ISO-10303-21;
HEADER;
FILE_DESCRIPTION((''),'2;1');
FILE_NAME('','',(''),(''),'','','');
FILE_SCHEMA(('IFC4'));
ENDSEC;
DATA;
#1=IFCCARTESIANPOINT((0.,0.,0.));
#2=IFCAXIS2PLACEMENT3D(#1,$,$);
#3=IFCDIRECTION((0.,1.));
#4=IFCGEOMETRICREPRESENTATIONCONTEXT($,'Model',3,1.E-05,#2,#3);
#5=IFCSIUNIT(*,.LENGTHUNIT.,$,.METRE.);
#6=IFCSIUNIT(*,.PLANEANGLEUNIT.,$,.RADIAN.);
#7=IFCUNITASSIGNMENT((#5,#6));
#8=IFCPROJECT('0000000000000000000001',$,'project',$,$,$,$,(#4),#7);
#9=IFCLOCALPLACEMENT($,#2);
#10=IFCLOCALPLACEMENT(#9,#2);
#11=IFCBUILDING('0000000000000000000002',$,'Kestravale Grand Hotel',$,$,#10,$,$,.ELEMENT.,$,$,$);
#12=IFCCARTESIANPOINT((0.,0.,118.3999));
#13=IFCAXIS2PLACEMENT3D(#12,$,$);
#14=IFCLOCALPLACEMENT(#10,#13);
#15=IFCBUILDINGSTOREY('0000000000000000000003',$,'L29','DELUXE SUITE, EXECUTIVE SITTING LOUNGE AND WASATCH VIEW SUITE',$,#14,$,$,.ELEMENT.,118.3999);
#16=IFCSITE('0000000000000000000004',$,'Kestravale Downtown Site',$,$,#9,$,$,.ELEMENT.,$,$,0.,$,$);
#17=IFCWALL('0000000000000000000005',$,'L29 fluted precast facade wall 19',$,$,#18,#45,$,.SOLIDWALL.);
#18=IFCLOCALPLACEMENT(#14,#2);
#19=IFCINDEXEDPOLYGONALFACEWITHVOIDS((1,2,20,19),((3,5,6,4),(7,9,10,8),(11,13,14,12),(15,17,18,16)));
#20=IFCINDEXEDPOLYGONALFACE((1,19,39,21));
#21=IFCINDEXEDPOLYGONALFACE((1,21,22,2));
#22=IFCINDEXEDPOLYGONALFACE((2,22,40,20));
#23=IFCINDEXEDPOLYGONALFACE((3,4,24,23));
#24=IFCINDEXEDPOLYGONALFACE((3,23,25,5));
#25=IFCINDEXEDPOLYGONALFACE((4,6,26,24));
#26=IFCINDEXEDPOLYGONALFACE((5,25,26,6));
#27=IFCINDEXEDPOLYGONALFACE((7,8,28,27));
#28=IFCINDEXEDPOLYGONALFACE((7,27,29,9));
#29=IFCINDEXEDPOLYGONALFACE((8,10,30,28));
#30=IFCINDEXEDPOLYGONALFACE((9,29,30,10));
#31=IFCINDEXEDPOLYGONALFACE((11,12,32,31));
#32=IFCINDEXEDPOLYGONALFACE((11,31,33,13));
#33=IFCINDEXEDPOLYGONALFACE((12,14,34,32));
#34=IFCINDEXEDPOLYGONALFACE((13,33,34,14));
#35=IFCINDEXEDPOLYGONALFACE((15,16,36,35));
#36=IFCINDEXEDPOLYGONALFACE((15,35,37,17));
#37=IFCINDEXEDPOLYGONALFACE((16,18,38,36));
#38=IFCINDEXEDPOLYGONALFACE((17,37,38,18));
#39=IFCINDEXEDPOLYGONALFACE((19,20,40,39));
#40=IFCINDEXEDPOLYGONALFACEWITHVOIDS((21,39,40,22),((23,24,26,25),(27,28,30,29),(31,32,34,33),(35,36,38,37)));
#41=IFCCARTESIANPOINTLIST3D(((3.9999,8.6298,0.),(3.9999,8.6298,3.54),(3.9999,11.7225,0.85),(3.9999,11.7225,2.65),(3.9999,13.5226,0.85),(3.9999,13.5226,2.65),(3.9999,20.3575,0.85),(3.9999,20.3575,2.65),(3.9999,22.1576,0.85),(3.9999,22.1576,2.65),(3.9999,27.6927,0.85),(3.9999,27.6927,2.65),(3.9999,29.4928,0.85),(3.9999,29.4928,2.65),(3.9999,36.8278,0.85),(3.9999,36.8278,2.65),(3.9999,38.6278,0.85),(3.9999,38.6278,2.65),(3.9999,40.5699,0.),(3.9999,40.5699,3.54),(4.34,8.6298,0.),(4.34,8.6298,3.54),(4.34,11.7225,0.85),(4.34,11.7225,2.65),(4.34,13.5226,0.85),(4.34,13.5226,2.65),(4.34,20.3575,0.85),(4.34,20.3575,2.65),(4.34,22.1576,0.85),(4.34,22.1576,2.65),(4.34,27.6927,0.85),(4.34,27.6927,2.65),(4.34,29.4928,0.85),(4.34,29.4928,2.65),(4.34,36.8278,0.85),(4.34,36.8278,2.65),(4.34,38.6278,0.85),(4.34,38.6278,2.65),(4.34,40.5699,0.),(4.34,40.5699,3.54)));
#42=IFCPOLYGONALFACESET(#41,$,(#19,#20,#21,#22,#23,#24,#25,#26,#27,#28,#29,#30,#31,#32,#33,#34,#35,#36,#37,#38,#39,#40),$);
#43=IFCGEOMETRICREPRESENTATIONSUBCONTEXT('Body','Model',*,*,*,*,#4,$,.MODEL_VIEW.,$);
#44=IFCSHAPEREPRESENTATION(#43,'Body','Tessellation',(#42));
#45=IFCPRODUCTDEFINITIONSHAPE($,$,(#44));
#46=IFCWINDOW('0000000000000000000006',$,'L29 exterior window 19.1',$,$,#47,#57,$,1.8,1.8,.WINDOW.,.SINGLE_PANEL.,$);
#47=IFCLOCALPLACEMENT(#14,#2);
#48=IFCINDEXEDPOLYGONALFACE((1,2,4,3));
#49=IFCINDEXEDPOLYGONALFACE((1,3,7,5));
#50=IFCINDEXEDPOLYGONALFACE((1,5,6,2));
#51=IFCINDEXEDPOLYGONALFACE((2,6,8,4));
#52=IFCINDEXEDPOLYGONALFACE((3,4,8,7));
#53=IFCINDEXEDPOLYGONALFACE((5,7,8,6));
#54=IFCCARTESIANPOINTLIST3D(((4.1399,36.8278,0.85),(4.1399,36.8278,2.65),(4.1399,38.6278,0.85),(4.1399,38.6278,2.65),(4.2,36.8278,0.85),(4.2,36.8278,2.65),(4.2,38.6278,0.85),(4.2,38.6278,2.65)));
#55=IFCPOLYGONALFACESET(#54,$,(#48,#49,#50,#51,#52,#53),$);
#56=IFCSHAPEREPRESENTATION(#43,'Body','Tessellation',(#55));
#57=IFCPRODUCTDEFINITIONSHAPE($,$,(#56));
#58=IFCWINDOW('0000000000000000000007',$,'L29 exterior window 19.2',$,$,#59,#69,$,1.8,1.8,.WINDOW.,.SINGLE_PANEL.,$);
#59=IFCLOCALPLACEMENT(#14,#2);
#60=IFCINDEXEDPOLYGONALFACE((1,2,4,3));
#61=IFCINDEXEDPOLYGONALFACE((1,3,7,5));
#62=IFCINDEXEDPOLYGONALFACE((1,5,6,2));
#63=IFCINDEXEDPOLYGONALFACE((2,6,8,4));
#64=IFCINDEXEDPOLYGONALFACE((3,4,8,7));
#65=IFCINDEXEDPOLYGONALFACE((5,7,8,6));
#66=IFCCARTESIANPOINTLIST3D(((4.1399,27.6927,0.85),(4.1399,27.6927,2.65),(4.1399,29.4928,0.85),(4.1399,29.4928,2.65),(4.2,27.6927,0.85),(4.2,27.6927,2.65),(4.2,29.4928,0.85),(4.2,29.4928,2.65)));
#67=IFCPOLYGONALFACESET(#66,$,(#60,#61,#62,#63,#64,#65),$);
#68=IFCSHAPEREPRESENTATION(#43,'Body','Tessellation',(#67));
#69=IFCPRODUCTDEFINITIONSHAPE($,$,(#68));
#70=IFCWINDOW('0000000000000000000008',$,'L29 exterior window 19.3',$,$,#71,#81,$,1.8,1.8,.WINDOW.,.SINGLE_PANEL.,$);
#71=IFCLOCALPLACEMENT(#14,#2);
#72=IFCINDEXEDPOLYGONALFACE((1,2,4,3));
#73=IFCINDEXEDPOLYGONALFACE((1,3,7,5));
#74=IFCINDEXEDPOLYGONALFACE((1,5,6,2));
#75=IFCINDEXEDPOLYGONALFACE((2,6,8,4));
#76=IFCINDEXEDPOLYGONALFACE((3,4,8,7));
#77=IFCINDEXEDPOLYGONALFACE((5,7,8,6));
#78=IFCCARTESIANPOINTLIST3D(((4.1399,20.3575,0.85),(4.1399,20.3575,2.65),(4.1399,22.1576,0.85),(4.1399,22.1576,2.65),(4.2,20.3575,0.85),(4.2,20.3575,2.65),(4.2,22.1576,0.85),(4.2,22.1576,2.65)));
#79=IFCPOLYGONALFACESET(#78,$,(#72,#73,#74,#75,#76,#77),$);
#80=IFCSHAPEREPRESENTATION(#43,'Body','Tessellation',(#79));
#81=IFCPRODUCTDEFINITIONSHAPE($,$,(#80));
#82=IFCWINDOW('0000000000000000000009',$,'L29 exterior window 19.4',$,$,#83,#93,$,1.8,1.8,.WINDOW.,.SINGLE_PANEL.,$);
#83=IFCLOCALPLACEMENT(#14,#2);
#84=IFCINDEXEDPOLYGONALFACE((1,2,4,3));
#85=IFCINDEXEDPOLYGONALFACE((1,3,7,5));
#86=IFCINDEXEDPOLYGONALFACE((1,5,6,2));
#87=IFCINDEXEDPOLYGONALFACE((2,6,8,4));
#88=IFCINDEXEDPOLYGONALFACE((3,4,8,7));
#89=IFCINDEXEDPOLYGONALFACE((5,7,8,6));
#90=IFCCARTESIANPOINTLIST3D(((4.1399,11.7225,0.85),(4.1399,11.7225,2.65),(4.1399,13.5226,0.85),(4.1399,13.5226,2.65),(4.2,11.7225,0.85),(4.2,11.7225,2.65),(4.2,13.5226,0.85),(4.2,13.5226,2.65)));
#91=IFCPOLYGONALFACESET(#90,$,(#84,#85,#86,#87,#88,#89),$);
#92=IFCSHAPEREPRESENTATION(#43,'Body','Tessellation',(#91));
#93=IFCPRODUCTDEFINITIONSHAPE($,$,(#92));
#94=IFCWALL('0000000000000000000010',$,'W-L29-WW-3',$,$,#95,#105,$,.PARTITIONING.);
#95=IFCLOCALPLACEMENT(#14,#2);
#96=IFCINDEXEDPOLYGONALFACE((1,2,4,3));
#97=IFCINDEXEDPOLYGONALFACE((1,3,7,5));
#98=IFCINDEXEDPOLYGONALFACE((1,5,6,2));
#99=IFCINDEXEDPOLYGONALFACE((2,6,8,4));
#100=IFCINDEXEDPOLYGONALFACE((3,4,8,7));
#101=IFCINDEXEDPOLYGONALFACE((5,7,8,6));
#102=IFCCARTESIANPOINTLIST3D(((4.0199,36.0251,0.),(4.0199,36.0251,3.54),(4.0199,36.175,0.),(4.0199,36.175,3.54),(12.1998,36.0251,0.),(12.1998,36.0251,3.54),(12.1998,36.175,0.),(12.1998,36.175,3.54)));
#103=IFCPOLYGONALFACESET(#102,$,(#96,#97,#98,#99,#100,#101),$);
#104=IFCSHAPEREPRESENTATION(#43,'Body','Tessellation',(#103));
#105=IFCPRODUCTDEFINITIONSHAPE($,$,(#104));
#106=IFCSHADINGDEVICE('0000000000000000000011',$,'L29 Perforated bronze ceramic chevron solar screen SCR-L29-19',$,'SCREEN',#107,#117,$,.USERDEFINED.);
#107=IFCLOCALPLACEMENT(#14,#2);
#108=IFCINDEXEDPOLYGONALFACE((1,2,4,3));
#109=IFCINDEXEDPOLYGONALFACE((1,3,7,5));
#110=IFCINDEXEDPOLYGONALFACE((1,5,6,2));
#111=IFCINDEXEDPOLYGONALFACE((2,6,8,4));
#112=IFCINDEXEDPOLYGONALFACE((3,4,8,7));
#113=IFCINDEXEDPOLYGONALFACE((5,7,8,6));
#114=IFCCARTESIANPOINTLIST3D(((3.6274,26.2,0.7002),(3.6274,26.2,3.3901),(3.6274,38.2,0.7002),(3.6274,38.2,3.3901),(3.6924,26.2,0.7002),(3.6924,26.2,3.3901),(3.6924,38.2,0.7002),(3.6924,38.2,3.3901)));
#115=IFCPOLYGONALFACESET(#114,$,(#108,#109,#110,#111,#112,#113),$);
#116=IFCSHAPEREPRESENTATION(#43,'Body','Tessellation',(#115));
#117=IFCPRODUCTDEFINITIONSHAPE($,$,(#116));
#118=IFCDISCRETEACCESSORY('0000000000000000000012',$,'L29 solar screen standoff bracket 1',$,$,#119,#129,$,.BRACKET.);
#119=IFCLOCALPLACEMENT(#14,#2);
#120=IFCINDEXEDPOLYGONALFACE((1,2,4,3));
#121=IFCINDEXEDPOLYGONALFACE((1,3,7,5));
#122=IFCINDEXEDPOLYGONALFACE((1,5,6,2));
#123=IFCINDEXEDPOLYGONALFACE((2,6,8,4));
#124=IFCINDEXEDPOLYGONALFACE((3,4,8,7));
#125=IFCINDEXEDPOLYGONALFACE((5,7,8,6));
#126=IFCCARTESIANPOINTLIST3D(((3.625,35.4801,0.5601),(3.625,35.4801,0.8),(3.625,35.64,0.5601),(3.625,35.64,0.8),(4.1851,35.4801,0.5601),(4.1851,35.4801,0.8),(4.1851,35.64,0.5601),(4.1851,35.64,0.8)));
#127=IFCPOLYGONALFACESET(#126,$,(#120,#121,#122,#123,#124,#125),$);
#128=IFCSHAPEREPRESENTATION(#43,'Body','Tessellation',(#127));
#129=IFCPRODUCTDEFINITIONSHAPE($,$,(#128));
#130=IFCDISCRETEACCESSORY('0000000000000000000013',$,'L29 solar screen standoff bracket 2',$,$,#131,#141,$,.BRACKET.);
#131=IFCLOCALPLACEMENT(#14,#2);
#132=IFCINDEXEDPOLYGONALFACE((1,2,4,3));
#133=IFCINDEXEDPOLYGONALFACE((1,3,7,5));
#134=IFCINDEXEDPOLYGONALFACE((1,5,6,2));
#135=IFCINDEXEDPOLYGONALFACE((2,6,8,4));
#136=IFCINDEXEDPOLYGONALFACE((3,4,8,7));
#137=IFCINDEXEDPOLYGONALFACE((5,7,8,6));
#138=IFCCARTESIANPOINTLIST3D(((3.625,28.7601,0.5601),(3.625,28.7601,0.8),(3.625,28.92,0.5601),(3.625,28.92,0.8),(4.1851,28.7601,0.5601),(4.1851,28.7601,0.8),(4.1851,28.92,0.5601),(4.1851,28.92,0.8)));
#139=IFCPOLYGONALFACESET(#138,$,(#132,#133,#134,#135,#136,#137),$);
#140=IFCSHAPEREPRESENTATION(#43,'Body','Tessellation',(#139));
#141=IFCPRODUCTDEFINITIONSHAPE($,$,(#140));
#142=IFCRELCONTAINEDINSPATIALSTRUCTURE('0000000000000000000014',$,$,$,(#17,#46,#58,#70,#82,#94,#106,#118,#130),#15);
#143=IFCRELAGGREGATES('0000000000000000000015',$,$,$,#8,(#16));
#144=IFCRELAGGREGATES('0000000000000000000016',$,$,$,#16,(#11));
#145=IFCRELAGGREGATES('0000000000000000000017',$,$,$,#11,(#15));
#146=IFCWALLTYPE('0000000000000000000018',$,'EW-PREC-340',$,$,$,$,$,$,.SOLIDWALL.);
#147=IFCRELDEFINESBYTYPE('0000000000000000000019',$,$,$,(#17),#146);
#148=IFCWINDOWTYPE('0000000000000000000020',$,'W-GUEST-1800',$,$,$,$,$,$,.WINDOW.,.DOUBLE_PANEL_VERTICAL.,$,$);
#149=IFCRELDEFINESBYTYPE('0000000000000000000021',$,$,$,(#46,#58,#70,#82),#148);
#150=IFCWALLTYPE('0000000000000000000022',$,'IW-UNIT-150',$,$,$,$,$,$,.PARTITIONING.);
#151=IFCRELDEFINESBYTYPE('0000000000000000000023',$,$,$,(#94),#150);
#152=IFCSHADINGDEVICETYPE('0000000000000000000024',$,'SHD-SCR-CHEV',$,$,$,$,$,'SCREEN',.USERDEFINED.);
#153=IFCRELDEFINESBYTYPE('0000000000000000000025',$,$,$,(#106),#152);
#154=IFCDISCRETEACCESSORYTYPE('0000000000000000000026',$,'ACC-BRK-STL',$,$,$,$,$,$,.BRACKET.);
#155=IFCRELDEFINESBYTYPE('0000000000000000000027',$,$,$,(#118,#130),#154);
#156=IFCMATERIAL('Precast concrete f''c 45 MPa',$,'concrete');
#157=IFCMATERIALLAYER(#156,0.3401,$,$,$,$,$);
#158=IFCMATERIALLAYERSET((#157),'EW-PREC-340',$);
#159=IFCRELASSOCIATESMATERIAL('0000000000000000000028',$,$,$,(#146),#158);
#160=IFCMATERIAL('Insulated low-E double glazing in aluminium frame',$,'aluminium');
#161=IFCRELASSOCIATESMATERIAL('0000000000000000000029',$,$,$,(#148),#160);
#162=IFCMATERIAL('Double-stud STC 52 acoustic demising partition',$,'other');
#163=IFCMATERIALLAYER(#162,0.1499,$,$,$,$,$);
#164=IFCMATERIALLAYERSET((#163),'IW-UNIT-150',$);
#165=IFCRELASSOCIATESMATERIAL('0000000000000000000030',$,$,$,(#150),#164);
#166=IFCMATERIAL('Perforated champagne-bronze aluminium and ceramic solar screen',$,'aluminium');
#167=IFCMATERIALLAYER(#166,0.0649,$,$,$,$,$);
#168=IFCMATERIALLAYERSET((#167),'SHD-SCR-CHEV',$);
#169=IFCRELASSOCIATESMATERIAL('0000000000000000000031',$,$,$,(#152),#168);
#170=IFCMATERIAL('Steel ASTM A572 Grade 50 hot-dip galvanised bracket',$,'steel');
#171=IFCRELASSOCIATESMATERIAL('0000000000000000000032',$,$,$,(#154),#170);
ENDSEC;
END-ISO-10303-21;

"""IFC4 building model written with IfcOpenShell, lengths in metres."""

from ifc_helpers import new_model, si_unit, direction, frame, frame_2d, origin, origin_2d, place, context, subcontext, project, spatial, rectangle, extrude, material, layer, layer_set, type_object, element, fill, save


model = new_model("IFC4")

# Units and contexts
model_context = context("Model", 3, precision=1e-05, world=origin(), true_north=direction((0.0, 1.0)))
body_context = subcontext(model_context, "Body", "Model", "MODEL_VIEW")
ifc_project = project(units=[si_unit("LENGTHUNIT", "METRE"), si_unit("PLANEANGLEUNIT", "RADIAN")], contexts=[model_context])

# Site, building, storey
site_placement = place(None, origin())
site = spatial("IfcSite", under=ifc_project, at=site_placement, Name="Kestravale Downtown Site", CompositionType="ELEMENT", RefElevation=0.0)
building_placement = place(site_placement, origin())
building = spatial("IfcBuilding", under=site, at=building_placement, Name="Kestravale Grand Hotel", CompositionType="ELEMENT")
storey_placement = place(building_placement, frame((0.0, 0.0, 118.3999)))
storey = spatial("IfcBuildingStorey", under=building, at=storey_placement, Name="L29", Description="DELUXE SUITE, EXECUTIVE SITTING LOUNGE AND WASATCH VIEW SUITE", CompositionType="ELEMENT", Elevation=118.3999)

# Wall, openings, windows
ifc_material_1 = material(Name="Precast concrete f'c 45 MPa", Category="concrete")
ifc_layer_1 = layer(ifc_material_1, 0.3401)
ifc_layer_set_1 = layer_set([ifc_layer_1], Name="EW-PREC-340")
wall_type_1 = type_object("IfcWallType", Name="EW-PREC-340", PredefinedType="SOLIDWALL", material=ifc_layer_set_1)
wall_1_placement = place(storey_placement, frame((4.1699, 40.5701, 0.0), z_axis=(0.0, 0.0, 1.0), x_axis=(0.0, -1.0, 0.0)))
wall_1 = element("IfcWall", 1, at=wall_1_placement, inside=storey, type_object=wall_type_1, Name="L29 fluted precast facade wall 19", PredefinedType="SOLIDWALL", context=body_context, shape_type="SweptSolid", body=[
    extrude(rectangle(XDim=31.9402, YDim=0.3401, at=frame_2d((15.9702, 0.0))), origin(), (0.0, 0.0, 1.0), 3.54),
])
opening_1_placement = place(wall_1_placement, frame((1.9424, 0.0, 0.8501)))
opening_1 = element("IfcOpeningElement", 2, at=opening_1_placement, cuts=wall_1, PredefinedType="OPENING", context=body_context, shape_type="SweptSolid", body=[
    extrude(rectangle(XDim=1.8, YDim=1.8, at=frame_2d((0.8999, 0.8999))), frame((0.0, 0.1799, 0.0), z_axis=(0.0, -1.0, 0.0), x_axis=(1.0, 0.0, 0.0)), (0.0, 0.0, 1.0), 0.3601),
])
opening_2_placement = place(wall_1_placement, frame((11.0774, 0.0, 0.8501)))
opening_2 = element("IfcOpeningElement", 3, at=opening_2_placement, cuts=wall_1, PredefinedType="OPENING", context=body_context, shape_type="SweptSolid", body=[
    extrude(rectangle(XDim=1.8, YDim=1.8, at=frame_2d((0.8999, 0.8999))), frame((0.0, 0.1799, 0.0), z_axis=(0.0, -1.0, 0.0), x_axis=(1.0, 0.0, 0.0)), (0.0, 0.0, 1.0), 0.3601),
])
opening_3_placement = place(wall_1_placement, frame((18.4126, 0.0, 0.8501)))
opening_3 = element("IfcOpeningElement", 4, at=opening_3_placement, cuts=wall_1, PredefinedType="OPENING", context=body_context, shape_type="SweptSolid", body=[
    extrude(rectangle(XDim=1.8, YDim=1.8, at=frame_2d((0.8999, 0.8999))), frame((0.0, 0.1799, 0.0), z_axis=(0.0, -1.0, 0.0), x_axis=(1.0, 0.0, 0.0)), (0.0, 0.0, 1.0), 0.3601),
])
opening_4_placement = place(wall_1_placement, frame((27.0476, 0.0, 0.8501)))
opening_4 = element("IfcOpeningElement", 5, at=opening_4_placement, cuts=wall_1, PredefinedType="OPENING", context=body_context, shape_type="SweptSolid", body=[
    extrude(rectangle(XDim=1.8, YDim=1.8, at=frame_2d((0.8999, 0.8999))), frame((0.0, 0.1799, 0.0), z_axis=(0.0, -1.0, 0.0), x_axis=(1.0, 0.0, 0.0)), (0.0, 0.0, 1.0), 0.3601),
])
ifc_material_2 = material(Name="Insulated low-E double glazing in aluminium frame", Category="aluminium")
window_type = type_object("IfcWindowType", Name="W-GUEST-1800", PartitioningType="DOUBLE_PANEL_VERTICAL", PredefinedType="WINDOW", material=ifc_material_2)
window_1_placement = place(opening_1_placement, origin())
window_1 = element("IfcWindow", 6, at=window_1_placement, inside=storey, type_object=window_type, Name="L29 exterior window 19.1", OverallHeight=1.8, OverallWidth=1.8, PartitioningType="SINGLE_PANEL", PredefinedType="WINDOW", context=body_context, shape_type="SweptSolid", body=[
    extrude(rectangle(XDim=1.8, YDim=1.8, at=frame_2d((0.8999, 0.8999))), frame((0.0, 0.03, 0.0), z_axis=(0.0, -1.0, 0.0), x_axis=(1.0, 0.0, 0.0)), (0.0, 0.0, 1.0), 0.0601),
])
fill(opening_1, window_1)
window_2_placement = place(opening_2_placement, origin())
window_2 = element("IfcWindow", 7, at=window_2_placement, inside=storey, type_object=window_type, Name="L29 exterior window 19.2", OverallHeight=1.8, OverallWidth=1.8, PartitioningType="SINGLE_PANEL", PredefinedType="WINDOW", context=body_context, shape_type="SweptSolid", body=[
    extrude(rectangle(XDim=1.8, YDim=1.8, at=frame_2d((0.8999, 0.8999))), frame((0.0, 0.03, 0.0), z_axis=(0.0, -1.0, 0.0), x_axis=(1.0, 0.0, 0.0)), (0.0, 0.0, 1.0), 0.0601),
])
fill(opening_2, window_2)
window_3_placement = place(opening_3_placement, origin())
window_3 = element("IfcWindow", 8, at=window_3_placement, inside=storey, type_object=window_type, Name="L29 exterior window 19.3", OverallHeight=1.8, OverallWidth=1.8, PartitioningType="SINGLE_PANEL", PredefinedType="WINDOW", context=body_context, shape_type="SweptSolid", body=[
    extrude(rectangle(XDim=1.8, YDim=1.8, at=frame_2d((0.8999, 0.8999))), frame((0.0, 0.03, 0.0), z_axis=(0.0, -1.0, 0.0), x_axis=(1.0, 0.0, 0.0)), (0.0, 0.0, 1.0), 0.0601),
])
fill(opening_3, window_3)
window_4_placement = place(opening_4_placement, origin())
window_4 = element("IfcWindow", 9, at=window_4_placement, inside=storey, type_object=window_type, Name="L29 exterior window 19.4", OverallHeight=1.8, OverallWidth=1.8, PartitioningType="SINGLE_PANEL", PredefinedType="WINDOW", context=body_context, shape_type="SweptSolid", body=[
    extrude(rectangle(XDim=1.8, YDim=1.8, at=frame_2d((0.8999, 0.8999))), frame((0.0, 0.03, 0.0), z_axis=(0.0, -1.0, 0.0), x_axis=(1.0, 0.0, 0.0)), (0.0, 0.0, 1.0), 0.0601),
])
fill(opening_4, window_4)

# Wall
ifc_material_3 = material(Name="Double-stud STC 52 acoustic demising partition", Category="other")
ifc_layer_2 = layer(ifc_material_3, 0.1499)
ifc_layer_set_2 = layer_set([ifc_layer_2], Name="IW-UNIT-150")
wall_type_2 = type_object("IfcWallType", Name="IW-UNIT-150", PredefinedType="PARTITIONING", material=ifc_layer_set_2)
wall_2_placement = place(storey_placement, frame((4.02, 36.1001, 0.0), z_axis=(0.0, 0.0, 1.0), x_axis=(1.0, 0.0, 0.0)))
element("IfcWall", 10, at=wall_2_placement, inside=storey, type_object=wall_type_2, Name="W-L29-WW-3", PredefinedType="PARTITIONING", context=body_context, shape_type="SweptSolid", body=[
    extrude(rectangle(XDim=8.1799, YDim=0.1499, at=frame_2d((4.0898, 0.0))), origin(), (0.0, 0.0, 1.0), 3.54),
])

# Shading device
ifc_material_4 = material(Name="Perforated champagne-bronze aluminium and ceramic solar screen", Category="aluminium")
ifc_layer_3 = layer(ifc_material_4, 0.0649)
ifc_layer_set_3 = layer_set([ifc_layer_3], Name="SHD-SCR-CHEV")
shading_device_type = type_object("IfcShadingDeviceType", Name="SHD-SCR-CHEV", ElementType="SCREEN", PredefinedType="USERDEFINED", material=ifc_layer_set_3)
shading_device_placement = place(storey_placement, frame((3.6599, 32.2, 0.7002), z_axis=(0.0, 0.0, 1.0), x_axis=(0.0, -1.0, 0.0)))
element("IfcShadingDevice", 11, at=shading_device_placement, inside=storey, type_object=shading_device_type, Name="L29 Perforated bronze ceramic chevron solar screen SCR-L29-19", ObjectType="SCREEN", PredefinedType="USERDEFINED", context=body_context, shape_type="SweptSolid", body=[
    extrude(rectangle(XDim=12.0, YDim=0.0649, at=origin_2d()), origin(), (0.0, 0.0, 1.0), 2.6899),
])

# Discrete accessories
ifc_material_5 = material(Name="Steel ASTM A572 Grade 50 hot-dip galvanised bracket", Category="steel")
discrete_accessory_type = type_object("IfcDiscreteAccessoryType", Name="ACC-BRK-STL", PredefinedType="BRACKET", material=ifc_material_5)
for number, where, z_axis, x_axis, name in (
    (12, (3.905, 35.5601, 0.5601), (0.0, 0.0, 1.0), (0.0, -1.0, 0.0), "L29 solar screen standoff bracket 1"),
    (13, (3.905, 28.8401, 0.5601), (0.0, 0.0, 1.0), (0.0, -1.0, 0.0), "L29 solar screen standoff bracket 2"),
):
    element("IfcDiscreteAccessory", number, at=place(storey_placement, frame(where, z_axis=z_axis, x_axis=x_axis)), inside=storey, type_object=discrete_accessory_type, Name=name, PredefinedType="BRACKET", context=body_context, shape_type="SweptSolid", body=[
        extrude(rectangle(XDim=0.1599, YDim=0.5601, at=origin_2d()), origin(), (0.0, 0.0, 1.0), 0.24),
    ])

save(model, "model.ifc")
